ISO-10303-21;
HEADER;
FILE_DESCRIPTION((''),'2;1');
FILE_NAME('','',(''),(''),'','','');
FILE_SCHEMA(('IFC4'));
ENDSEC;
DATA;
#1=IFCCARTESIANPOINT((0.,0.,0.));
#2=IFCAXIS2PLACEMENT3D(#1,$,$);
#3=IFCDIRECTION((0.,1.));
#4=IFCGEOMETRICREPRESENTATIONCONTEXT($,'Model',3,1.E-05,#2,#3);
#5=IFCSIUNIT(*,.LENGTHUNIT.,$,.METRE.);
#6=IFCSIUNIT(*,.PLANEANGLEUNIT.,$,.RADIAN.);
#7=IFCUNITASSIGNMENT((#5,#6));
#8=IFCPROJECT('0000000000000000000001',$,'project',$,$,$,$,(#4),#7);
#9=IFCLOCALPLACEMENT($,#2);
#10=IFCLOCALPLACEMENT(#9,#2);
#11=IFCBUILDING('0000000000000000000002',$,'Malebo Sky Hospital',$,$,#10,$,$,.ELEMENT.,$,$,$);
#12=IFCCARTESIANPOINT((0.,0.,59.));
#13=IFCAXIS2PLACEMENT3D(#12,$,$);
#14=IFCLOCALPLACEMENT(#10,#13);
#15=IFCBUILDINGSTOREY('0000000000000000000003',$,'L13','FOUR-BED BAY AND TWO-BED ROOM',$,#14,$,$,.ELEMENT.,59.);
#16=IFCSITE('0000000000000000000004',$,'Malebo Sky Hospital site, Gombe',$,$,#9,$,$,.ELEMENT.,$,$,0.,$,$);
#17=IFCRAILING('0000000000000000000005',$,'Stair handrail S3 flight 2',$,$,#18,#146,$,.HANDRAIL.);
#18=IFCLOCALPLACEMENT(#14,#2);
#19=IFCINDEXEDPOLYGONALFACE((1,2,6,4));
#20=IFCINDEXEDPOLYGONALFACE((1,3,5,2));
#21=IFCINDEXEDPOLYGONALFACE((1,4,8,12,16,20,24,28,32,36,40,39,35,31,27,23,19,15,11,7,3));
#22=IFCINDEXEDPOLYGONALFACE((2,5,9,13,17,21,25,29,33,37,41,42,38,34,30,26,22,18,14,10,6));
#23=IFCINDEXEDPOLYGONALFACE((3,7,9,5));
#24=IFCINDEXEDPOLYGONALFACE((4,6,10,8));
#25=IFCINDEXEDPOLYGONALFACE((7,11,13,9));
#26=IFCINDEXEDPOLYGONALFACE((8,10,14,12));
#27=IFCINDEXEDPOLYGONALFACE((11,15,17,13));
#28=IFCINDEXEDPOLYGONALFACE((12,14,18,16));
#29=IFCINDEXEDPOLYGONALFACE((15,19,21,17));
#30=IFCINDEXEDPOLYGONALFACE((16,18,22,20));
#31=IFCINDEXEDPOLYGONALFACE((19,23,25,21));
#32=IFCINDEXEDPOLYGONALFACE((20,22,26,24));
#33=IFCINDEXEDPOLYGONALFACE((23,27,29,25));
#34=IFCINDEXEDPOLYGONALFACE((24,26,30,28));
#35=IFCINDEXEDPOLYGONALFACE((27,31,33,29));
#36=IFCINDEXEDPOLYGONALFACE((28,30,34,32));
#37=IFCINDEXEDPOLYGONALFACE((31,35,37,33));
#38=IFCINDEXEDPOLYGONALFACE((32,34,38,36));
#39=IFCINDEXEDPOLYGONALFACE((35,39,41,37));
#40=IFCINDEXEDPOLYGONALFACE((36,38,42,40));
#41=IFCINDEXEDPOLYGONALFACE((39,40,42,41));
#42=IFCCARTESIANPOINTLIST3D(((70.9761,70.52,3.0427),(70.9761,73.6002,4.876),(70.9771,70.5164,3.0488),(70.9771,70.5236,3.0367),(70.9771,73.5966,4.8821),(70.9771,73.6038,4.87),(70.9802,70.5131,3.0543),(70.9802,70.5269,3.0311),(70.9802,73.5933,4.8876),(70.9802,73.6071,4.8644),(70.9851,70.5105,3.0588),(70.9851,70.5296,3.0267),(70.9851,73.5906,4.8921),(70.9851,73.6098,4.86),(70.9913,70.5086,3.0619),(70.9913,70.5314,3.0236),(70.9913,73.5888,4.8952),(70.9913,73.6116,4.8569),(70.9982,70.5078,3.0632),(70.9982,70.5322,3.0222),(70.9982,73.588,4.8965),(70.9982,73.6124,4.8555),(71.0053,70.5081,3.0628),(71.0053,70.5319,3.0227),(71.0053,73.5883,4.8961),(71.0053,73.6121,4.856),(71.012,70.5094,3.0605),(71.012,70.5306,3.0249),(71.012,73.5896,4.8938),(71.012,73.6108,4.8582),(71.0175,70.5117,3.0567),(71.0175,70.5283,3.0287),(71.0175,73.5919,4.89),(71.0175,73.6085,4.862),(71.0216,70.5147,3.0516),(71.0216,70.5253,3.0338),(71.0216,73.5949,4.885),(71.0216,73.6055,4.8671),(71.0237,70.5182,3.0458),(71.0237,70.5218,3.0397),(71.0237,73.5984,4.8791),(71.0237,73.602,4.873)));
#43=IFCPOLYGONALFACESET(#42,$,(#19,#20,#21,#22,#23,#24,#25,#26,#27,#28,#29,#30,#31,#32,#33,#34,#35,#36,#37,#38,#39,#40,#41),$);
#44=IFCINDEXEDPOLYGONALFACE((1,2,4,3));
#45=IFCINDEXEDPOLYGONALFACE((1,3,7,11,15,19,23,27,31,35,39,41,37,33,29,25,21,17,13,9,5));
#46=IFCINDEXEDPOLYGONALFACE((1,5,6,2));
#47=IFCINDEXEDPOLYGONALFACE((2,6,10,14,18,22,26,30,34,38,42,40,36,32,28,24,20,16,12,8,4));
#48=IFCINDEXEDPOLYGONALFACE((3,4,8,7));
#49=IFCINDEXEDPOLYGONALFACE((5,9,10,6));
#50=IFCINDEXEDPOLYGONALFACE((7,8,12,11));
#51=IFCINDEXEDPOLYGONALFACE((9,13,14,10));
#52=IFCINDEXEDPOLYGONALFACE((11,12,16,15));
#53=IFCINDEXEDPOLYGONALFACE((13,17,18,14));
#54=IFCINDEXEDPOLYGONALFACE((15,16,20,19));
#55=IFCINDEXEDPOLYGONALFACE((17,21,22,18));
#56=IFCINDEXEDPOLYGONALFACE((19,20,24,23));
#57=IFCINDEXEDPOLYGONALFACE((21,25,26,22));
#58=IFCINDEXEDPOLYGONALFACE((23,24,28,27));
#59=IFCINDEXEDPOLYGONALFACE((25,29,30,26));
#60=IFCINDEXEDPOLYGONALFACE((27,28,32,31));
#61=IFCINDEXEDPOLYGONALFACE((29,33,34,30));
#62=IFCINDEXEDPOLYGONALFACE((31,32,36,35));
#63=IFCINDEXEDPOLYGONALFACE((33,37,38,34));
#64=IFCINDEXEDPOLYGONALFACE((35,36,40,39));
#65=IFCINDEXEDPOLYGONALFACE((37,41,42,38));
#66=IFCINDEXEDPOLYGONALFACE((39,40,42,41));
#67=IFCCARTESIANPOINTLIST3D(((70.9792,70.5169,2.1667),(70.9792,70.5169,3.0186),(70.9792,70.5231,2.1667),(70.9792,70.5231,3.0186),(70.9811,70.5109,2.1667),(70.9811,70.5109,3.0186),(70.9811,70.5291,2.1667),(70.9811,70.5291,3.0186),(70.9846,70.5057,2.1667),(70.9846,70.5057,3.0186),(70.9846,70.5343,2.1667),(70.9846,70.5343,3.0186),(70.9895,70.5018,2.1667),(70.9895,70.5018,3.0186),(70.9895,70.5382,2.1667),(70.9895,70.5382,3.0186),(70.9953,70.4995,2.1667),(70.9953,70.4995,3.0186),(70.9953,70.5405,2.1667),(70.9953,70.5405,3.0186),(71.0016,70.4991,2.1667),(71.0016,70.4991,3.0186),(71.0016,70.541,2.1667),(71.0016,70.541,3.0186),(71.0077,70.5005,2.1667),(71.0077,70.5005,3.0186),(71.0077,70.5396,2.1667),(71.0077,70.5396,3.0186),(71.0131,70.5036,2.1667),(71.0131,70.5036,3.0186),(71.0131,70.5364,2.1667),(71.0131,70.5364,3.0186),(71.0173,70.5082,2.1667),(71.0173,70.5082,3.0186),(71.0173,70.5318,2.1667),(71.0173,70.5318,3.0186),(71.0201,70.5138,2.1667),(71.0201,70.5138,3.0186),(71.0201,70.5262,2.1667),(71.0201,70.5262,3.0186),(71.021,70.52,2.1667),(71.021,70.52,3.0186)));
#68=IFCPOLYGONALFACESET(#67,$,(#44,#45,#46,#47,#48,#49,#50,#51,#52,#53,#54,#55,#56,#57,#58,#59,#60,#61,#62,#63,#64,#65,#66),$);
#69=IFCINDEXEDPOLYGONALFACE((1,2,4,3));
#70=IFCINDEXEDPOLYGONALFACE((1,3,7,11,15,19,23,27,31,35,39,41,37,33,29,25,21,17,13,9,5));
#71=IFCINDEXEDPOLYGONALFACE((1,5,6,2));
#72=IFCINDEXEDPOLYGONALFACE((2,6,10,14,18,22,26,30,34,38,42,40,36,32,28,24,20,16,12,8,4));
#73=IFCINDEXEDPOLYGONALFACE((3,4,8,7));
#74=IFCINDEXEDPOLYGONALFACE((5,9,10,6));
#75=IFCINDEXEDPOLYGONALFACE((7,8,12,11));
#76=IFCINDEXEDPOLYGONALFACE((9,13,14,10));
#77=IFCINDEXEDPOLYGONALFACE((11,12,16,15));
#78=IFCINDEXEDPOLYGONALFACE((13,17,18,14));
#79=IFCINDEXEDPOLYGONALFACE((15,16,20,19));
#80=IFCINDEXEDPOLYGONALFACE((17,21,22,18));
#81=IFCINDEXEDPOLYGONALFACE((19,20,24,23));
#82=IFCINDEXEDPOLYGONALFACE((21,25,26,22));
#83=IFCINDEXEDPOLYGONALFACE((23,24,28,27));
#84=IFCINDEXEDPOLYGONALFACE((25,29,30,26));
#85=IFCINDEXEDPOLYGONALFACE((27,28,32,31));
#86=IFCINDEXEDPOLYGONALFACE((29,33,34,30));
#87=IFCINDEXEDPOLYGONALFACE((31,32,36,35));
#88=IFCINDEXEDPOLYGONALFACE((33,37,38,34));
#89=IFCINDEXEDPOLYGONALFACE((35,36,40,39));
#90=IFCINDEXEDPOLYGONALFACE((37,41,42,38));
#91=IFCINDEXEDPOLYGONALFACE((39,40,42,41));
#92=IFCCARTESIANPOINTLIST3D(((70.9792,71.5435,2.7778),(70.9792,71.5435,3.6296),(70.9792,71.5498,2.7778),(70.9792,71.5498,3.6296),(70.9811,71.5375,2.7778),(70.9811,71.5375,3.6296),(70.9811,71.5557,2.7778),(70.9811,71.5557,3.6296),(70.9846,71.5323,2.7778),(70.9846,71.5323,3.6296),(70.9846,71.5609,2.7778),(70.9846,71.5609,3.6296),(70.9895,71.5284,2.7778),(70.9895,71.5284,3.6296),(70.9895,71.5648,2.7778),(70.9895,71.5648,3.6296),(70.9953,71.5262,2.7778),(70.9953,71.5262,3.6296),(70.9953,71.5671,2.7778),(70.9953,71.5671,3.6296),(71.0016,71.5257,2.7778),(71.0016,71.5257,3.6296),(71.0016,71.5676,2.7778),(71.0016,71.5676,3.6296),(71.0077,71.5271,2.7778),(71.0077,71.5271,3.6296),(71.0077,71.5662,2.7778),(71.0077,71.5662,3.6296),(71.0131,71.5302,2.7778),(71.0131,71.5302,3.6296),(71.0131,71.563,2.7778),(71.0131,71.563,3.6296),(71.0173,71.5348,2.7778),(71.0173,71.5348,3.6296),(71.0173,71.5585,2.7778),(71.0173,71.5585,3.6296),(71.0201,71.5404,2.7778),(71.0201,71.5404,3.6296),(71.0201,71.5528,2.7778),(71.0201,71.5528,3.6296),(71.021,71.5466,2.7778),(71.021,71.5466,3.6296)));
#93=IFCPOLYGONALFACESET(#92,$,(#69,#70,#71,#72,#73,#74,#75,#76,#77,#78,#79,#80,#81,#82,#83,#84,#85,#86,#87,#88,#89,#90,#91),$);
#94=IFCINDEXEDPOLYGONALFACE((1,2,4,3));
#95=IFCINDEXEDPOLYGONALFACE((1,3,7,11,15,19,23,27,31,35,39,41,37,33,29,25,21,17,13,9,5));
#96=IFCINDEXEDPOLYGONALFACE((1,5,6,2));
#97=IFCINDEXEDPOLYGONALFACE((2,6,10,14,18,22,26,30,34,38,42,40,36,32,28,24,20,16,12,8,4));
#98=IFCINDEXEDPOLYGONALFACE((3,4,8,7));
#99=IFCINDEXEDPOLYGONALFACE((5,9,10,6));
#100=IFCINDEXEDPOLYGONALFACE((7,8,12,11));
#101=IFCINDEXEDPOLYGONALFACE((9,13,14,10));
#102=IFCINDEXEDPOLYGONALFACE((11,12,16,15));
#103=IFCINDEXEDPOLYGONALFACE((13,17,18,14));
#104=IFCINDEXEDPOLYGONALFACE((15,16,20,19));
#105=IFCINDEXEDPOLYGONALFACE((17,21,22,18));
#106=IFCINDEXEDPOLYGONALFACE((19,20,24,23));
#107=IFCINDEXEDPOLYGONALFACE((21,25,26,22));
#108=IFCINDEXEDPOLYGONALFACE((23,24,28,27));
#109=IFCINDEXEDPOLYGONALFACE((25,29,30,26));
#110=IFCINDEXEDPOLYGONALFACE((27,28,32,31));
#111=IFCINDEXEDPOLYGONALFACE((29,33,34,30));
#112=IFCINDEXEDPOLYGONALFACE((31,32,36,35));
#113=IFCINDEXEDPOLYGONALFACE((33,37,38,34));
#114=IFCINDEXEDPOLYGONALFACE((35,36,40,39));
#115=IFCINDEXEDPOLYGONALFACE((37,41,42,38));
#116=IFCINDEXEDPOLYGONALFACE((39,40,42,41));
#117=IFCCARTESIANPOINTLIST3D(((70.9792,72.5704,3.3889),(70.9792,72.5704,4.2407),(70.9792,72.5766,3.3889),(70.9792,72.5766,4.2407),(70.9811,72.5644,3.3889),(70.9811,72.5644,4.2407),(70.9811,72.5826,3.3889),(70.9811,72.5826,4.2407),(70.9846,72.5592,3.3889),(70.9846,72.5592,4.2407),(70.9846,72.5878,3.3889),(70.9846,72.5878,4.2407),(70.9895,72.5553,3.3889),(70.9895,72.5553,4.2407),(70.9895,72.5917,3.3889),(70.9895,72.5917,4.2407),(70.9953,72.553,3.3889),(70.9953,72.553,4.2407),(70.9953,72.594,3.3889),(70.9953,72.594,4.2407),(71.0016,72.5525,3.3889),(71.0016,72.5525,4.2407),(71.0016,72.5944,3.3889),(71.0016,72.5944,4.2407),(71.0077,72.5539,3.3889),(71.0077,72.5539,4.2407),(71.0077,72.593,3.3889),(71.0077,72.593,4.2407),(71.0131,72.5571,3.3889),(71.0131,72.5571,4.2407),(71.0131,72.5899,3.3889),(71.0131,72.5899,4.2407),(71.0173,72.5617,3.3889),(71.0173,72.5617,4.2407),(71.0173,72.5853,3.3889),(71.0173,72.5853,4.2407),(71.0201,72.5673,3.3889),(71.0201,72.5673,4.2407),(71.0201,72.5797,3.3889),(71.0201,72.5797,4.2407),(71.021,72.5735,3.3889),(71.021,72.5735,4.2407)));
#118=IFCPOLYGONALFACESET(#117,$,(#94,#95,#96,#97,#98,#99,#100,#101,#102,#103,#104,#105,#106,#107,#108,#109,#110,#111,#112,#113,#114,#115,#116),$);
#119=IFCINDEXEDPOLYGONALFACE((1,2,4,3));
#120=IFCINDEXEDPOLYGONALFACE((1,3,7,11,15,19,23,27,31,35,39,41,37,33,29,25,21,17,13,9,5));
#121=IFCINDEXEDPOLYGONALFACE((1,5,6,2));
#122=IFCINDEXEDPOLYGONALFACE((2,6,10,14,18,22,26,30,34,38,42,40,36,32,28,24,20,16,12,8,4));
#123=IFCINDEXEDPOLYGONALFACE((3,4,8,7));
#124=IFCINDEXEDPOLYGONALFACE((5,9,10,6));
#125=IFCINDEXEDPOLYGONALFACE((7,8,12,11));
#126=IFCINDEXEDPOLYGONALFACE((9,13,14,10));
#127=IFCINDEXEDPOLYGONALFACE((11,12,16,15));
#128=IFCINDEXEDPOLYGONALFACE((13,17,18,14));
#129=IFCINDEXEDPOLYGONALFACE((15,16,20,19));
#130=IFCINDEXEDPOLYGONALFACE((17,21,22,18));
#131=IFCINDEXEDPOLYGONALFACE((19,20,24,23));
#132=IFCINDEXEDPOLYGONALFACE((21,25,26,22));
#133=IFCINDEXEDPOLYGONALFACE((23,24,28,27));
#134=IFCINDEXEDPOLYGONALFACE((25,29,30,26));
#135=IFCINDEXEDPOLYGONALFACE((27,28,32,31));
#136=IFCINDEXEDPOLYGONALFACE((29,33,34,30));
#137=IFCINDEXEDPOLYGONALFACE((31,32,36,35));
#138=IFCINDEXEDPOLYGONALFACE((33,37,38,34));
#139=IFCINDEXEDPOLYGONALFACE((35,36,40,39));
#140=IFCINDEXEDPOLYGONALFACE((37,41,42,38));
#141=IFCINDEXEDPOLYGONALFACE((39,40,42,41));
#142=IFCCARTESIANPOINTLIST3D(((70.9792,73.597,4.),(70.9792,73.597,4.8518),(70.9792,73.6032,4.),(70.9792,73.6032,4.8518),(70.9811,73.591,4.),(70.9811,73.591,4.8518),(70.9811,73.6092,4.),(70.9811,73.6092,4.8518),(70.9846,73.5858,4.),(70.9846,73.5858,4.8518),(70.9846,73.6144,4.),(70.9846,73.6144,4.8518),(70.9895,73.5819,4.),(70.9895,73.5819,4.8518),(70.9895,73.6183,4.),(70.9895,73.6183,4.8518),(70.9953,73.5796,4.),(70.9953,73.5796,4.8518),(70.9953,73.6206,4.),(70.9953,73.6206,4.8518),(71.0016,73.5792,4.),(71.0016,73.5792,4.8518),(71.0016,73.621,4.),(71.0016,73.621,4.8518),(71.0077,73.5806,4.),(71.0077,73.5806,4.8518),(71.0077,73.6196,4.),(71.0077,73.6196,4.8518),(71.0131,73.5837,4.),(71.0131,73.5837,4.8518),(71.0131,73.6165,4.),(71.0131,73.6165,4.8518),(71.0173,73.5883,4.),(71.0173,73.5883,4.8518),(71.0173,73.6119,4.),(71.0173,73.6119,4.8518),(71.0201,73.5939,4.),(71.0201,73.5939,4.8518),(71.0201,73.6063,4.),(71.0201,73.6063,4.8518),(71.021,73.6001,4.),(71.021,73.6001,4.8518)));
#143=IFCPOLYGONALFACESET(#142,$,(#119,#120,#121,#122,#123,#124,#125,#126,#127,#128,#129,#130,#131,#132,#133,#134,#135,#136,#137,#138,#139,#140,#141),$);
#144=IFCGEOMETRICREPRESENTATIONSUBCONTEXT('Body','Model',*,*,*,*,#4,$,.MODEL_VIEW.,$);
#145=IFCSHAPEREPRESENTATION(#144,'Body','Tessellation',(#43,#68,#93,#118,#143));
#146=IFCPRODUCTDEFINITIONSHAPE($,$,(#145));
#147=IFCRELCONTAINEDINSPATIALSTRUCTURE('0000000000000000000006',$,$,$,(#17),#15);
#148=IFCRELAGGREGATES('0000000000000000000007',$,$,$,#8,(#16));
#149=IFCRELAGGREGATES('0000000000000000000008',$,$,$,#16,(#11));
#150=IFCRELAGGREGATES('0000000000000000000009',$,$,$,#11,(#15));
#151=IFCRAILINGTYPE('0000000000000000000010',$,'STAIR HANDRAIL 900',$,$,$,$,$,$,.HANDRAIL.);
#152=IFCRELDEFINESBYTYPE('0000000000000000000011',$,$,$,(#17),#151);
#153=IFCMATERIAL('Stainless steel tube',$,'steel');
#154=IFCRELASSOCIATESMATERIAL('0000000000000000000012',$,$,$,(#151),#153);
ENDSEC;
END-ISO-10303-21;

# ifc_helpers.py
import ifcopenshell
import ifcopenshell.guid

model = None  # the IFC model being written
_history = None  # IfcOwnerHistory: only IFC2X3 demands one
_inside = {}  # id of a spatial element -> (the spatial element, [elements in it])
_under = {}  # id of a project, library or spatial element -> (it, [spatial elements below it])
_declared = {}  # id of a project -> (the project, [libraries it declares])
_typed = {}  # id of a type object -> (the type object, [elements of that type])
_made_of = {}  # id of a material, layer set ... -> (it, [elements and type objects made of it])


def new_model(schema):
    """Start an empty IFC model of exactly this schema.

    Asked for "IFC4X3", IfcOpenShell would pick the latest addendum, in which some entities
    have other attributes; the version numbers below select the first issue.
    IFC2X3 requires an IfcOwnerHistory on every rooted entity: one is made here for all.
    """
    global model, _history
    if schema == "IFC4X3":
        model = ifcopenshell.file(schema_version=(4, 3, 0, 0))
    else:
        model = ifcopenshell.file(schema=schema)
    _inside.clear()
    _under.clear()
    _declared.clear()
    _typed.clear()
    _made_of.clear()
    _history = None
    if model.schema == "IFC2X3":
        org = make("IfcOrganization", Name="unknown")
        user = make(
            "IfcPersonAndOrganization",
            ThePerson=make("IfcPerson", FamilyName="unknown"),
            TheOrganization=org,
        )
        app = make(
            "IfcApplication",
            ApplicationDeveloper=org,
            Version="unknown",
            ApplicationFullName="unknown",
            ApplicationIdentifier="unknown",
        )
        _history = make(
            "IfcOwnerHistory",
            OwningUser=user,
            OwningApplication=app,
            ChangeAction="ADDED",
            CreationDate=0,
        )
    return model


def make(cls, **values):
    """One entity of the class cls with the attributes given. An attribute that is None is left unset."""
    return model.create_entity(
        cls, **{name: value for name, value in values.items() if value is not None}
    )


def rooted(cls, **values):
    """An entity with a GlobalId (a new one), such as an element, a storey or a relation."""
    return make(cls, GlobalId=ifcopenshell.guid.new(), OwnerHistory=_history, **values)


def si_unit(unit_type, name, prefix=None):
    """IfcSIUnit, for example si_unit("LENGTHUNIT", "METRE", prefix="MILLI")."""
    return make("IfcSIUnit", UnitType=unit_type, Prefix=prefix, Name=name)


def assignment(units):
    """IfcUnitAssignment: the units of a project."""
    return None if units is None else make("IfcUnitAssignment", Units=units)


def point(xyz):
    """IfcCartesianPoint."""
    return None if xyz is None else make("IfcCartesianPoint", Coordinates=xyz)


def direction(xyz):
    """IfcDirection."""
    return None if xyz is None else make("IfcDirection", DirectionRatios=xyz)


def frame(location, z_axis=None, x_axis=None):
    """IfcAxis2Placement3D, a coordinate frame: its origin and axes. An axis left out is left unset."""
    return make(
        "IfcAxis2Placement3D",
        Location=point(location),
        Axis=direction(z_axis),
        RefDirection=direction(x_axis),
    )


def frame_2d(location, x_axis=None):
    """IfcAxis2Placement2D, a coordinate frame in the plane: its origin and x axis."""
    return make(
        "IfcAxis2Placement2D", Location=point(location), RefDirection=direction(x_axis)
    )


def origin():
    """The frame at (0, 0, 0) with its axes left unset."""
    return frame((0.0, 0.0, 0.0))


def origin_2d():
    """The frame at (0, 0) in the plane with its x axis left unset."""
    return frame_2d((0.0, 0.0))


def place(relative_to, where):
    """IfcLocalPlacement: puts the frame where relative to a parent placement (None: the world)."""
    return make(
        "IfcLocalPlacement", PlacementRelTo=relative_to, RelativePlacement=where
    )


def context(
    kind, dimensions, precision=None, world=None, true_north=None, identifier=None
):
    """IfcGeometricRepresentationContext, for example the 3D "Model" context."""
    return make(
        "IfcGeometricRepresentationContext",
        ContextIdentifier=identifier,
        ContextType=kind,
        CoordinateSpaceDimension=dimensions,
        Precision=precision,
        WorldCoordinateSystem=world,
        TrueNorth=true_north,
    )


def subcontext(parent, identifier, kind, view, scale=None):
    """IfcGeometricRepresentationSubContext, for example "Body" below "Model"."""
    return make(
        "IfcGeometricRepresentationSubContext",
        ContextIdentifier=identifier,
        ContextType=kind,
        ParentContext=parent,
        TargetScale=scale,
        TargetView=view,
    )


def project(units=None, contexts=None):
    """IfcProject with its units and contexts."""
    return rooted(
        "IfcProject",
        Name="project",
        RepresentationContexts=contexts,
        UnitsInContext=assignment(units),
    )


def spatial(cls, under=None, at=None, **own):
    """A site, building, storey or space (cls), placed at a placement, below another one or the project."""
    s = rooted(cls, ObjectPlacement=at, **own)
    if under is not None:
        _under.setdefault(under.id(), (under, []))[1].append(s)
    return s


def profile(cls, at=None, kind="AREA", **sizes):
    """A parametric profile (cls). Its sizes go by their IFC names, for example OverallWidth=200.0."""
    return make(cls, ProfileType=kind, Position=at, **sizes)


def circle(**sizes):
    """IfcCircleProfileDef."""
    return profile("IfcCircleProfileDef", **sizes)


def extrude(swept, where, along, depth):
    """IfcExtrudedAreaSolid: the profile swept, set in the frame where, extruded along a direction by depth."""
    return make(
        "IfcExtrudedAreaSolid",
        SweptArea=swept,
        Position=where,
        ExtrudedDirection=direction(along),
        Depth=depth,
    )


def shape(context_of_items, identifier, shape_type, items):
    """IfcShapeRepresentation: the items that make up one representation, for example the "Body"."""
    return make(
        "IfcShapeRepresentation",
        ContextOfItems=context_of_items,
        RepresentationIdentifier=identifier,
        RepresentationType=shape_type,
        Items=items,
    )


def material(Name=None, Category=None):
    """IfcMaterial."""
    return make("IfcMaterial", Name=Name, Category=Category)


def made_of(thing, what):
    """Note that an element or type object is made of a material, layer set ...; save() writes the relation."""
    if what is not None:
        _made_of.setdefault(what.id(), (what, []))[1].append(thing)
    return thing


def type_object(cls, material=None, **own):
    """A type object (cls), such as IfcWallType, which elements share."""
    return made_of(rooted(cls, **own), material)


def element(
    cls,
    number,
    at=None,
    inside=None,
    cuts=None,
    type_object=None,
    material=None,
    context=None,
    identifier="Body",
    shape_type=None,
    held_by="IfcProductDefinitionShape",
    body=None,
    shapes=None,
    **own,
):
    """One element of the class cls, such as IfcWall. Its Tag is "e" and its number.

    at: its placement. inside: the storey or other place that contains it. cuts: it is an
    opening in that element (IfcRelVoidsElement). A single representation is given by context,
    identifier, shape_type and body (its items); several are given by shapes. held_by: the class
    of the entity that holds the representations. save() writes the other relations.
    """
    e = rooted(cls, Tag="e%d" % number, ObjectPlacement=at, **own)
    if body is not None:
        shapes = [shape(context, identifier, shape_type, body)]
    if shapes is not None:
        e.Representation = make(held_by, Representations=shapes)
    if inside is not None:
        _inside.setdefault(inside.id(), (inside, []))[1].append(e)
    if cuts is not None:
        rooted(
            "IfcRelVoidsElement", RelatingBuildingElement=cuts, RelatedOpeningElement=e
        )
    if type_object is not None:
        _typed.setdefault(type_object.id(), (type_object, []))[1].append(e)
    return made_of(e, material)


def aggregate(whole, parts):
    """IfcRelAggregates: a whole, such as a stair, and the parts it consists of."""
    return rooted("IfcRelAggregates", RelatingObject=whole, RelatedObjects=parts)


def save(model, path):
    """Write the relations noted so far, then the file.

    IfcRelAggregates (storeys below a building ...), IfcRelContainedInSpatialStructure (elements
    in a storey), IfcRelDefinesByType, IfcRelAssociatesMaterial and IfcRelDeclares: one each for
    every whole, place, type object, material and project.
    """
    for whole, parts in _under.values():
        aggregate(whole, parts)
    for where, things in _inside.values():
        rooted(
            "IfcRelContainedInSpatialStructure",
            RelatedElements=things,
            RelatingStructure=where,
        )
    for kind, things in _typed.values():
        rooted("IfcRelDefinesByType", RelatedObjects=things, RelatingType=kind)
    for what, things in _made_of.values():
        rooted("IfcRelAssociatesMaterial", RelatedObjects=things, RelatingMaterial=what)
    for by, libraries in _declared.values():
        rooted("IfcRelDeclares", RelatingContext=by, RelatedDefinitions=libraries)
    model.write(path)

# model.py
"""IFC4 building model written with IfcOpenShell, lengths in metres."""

from ifc_helpers import new_model, si_unit, direction, frame, origin, origin_2d, place, context, subcontext, project, spatial, circle, extrude, material, type_object, element, save


model = new_model("IFC4")

# Units and contexts
model_context = context("Model", 3, precision=1e-05, world=origin(), true_north=direction((0.0, 1.0)))
body_context = subcontext(model_context, "Body", "Model", "MODEL_VIEW")
ifc_project = project(units=[si_unit("LENGTHUNIT", "METRE"), si_unit("PLANEANGLEUNIT", "RADIAN")], contexts=[model_context])

# Site, building, storey
site_placement = place(None, origin())
site = spatial("IfcSite", under=ifc_project, at=site_placement, Name="Malebo Sky Hospital site, Gombe", CompositionType="ELEMENT", RefElevation=0.0)
building_placement = place(site_placement, origin())
building = spatial("IfcBuilding", under=site, at=building_placement, Name="Malebo Sky Hospital", CompositionType="ELEMENT")
storey_placement = place(building_placement, frame((0.0, 0.0, 59.0)))
storey = spatial("IfcBuildingStorey", under=building, at=storey_placement, Name="L13", Description="FOUR-BED BAY AND TWO-BED ROOM", CompositionType="ELEMENT", Elevation=59.0)

# Railing
ifc_material_1 = material(Name="Stainless steel tube", Category="steel")
railing_type = type_object("IfcRailingType", Name="STAIR HANDRAIL 900", PredefinedType="HANDRAIL", material=ifc_material_1)
railing_1_placement = place(storey_placement, frame((71.0, 70.52, 2.1667)))
element("IfcRailing", 1, at=railing_1_placement, inside=storey, type_object=railing_type, Name="Stair handrail S3 flight 2", PredefinedType="HANDRAIL", context=body_context, shape_type="SweptSolid", body=[
    extrude(circle(Radius=0.0239, at=origin_2d()), frame((0.0, 0.0, 0.876), z_axis=(0.0, 0.859309, 0.511458), x_axis=(-1.0, 0.0, 0.0)), (0.0, 0.0, 1.0), 3.5845),
    extrude(circle(Radius=0.021, at=origin_2d()), origin(), (0.0, 0.0, 1.0), 0.8518),
    extrude(circle(Radius=0.021, at=origin_2d()), frame((0.0, 1.0266, 0.6111)), (0.0, 0.0, 1.0), 0.8518),
    extrude(circle(Radius=0.021, at=origin_2d()), frame((0.0, 2.0535, 1.2222)), (0.0, 0.0, 1.0), 0.8518),
    extrude(circle(Radius=0.021, at=origin_2d()), frame((0.0, 3.0801, 1.8333)), (0.0, 0.0, 1.0), 0.8518),
])

save(model, "model.ifc")
